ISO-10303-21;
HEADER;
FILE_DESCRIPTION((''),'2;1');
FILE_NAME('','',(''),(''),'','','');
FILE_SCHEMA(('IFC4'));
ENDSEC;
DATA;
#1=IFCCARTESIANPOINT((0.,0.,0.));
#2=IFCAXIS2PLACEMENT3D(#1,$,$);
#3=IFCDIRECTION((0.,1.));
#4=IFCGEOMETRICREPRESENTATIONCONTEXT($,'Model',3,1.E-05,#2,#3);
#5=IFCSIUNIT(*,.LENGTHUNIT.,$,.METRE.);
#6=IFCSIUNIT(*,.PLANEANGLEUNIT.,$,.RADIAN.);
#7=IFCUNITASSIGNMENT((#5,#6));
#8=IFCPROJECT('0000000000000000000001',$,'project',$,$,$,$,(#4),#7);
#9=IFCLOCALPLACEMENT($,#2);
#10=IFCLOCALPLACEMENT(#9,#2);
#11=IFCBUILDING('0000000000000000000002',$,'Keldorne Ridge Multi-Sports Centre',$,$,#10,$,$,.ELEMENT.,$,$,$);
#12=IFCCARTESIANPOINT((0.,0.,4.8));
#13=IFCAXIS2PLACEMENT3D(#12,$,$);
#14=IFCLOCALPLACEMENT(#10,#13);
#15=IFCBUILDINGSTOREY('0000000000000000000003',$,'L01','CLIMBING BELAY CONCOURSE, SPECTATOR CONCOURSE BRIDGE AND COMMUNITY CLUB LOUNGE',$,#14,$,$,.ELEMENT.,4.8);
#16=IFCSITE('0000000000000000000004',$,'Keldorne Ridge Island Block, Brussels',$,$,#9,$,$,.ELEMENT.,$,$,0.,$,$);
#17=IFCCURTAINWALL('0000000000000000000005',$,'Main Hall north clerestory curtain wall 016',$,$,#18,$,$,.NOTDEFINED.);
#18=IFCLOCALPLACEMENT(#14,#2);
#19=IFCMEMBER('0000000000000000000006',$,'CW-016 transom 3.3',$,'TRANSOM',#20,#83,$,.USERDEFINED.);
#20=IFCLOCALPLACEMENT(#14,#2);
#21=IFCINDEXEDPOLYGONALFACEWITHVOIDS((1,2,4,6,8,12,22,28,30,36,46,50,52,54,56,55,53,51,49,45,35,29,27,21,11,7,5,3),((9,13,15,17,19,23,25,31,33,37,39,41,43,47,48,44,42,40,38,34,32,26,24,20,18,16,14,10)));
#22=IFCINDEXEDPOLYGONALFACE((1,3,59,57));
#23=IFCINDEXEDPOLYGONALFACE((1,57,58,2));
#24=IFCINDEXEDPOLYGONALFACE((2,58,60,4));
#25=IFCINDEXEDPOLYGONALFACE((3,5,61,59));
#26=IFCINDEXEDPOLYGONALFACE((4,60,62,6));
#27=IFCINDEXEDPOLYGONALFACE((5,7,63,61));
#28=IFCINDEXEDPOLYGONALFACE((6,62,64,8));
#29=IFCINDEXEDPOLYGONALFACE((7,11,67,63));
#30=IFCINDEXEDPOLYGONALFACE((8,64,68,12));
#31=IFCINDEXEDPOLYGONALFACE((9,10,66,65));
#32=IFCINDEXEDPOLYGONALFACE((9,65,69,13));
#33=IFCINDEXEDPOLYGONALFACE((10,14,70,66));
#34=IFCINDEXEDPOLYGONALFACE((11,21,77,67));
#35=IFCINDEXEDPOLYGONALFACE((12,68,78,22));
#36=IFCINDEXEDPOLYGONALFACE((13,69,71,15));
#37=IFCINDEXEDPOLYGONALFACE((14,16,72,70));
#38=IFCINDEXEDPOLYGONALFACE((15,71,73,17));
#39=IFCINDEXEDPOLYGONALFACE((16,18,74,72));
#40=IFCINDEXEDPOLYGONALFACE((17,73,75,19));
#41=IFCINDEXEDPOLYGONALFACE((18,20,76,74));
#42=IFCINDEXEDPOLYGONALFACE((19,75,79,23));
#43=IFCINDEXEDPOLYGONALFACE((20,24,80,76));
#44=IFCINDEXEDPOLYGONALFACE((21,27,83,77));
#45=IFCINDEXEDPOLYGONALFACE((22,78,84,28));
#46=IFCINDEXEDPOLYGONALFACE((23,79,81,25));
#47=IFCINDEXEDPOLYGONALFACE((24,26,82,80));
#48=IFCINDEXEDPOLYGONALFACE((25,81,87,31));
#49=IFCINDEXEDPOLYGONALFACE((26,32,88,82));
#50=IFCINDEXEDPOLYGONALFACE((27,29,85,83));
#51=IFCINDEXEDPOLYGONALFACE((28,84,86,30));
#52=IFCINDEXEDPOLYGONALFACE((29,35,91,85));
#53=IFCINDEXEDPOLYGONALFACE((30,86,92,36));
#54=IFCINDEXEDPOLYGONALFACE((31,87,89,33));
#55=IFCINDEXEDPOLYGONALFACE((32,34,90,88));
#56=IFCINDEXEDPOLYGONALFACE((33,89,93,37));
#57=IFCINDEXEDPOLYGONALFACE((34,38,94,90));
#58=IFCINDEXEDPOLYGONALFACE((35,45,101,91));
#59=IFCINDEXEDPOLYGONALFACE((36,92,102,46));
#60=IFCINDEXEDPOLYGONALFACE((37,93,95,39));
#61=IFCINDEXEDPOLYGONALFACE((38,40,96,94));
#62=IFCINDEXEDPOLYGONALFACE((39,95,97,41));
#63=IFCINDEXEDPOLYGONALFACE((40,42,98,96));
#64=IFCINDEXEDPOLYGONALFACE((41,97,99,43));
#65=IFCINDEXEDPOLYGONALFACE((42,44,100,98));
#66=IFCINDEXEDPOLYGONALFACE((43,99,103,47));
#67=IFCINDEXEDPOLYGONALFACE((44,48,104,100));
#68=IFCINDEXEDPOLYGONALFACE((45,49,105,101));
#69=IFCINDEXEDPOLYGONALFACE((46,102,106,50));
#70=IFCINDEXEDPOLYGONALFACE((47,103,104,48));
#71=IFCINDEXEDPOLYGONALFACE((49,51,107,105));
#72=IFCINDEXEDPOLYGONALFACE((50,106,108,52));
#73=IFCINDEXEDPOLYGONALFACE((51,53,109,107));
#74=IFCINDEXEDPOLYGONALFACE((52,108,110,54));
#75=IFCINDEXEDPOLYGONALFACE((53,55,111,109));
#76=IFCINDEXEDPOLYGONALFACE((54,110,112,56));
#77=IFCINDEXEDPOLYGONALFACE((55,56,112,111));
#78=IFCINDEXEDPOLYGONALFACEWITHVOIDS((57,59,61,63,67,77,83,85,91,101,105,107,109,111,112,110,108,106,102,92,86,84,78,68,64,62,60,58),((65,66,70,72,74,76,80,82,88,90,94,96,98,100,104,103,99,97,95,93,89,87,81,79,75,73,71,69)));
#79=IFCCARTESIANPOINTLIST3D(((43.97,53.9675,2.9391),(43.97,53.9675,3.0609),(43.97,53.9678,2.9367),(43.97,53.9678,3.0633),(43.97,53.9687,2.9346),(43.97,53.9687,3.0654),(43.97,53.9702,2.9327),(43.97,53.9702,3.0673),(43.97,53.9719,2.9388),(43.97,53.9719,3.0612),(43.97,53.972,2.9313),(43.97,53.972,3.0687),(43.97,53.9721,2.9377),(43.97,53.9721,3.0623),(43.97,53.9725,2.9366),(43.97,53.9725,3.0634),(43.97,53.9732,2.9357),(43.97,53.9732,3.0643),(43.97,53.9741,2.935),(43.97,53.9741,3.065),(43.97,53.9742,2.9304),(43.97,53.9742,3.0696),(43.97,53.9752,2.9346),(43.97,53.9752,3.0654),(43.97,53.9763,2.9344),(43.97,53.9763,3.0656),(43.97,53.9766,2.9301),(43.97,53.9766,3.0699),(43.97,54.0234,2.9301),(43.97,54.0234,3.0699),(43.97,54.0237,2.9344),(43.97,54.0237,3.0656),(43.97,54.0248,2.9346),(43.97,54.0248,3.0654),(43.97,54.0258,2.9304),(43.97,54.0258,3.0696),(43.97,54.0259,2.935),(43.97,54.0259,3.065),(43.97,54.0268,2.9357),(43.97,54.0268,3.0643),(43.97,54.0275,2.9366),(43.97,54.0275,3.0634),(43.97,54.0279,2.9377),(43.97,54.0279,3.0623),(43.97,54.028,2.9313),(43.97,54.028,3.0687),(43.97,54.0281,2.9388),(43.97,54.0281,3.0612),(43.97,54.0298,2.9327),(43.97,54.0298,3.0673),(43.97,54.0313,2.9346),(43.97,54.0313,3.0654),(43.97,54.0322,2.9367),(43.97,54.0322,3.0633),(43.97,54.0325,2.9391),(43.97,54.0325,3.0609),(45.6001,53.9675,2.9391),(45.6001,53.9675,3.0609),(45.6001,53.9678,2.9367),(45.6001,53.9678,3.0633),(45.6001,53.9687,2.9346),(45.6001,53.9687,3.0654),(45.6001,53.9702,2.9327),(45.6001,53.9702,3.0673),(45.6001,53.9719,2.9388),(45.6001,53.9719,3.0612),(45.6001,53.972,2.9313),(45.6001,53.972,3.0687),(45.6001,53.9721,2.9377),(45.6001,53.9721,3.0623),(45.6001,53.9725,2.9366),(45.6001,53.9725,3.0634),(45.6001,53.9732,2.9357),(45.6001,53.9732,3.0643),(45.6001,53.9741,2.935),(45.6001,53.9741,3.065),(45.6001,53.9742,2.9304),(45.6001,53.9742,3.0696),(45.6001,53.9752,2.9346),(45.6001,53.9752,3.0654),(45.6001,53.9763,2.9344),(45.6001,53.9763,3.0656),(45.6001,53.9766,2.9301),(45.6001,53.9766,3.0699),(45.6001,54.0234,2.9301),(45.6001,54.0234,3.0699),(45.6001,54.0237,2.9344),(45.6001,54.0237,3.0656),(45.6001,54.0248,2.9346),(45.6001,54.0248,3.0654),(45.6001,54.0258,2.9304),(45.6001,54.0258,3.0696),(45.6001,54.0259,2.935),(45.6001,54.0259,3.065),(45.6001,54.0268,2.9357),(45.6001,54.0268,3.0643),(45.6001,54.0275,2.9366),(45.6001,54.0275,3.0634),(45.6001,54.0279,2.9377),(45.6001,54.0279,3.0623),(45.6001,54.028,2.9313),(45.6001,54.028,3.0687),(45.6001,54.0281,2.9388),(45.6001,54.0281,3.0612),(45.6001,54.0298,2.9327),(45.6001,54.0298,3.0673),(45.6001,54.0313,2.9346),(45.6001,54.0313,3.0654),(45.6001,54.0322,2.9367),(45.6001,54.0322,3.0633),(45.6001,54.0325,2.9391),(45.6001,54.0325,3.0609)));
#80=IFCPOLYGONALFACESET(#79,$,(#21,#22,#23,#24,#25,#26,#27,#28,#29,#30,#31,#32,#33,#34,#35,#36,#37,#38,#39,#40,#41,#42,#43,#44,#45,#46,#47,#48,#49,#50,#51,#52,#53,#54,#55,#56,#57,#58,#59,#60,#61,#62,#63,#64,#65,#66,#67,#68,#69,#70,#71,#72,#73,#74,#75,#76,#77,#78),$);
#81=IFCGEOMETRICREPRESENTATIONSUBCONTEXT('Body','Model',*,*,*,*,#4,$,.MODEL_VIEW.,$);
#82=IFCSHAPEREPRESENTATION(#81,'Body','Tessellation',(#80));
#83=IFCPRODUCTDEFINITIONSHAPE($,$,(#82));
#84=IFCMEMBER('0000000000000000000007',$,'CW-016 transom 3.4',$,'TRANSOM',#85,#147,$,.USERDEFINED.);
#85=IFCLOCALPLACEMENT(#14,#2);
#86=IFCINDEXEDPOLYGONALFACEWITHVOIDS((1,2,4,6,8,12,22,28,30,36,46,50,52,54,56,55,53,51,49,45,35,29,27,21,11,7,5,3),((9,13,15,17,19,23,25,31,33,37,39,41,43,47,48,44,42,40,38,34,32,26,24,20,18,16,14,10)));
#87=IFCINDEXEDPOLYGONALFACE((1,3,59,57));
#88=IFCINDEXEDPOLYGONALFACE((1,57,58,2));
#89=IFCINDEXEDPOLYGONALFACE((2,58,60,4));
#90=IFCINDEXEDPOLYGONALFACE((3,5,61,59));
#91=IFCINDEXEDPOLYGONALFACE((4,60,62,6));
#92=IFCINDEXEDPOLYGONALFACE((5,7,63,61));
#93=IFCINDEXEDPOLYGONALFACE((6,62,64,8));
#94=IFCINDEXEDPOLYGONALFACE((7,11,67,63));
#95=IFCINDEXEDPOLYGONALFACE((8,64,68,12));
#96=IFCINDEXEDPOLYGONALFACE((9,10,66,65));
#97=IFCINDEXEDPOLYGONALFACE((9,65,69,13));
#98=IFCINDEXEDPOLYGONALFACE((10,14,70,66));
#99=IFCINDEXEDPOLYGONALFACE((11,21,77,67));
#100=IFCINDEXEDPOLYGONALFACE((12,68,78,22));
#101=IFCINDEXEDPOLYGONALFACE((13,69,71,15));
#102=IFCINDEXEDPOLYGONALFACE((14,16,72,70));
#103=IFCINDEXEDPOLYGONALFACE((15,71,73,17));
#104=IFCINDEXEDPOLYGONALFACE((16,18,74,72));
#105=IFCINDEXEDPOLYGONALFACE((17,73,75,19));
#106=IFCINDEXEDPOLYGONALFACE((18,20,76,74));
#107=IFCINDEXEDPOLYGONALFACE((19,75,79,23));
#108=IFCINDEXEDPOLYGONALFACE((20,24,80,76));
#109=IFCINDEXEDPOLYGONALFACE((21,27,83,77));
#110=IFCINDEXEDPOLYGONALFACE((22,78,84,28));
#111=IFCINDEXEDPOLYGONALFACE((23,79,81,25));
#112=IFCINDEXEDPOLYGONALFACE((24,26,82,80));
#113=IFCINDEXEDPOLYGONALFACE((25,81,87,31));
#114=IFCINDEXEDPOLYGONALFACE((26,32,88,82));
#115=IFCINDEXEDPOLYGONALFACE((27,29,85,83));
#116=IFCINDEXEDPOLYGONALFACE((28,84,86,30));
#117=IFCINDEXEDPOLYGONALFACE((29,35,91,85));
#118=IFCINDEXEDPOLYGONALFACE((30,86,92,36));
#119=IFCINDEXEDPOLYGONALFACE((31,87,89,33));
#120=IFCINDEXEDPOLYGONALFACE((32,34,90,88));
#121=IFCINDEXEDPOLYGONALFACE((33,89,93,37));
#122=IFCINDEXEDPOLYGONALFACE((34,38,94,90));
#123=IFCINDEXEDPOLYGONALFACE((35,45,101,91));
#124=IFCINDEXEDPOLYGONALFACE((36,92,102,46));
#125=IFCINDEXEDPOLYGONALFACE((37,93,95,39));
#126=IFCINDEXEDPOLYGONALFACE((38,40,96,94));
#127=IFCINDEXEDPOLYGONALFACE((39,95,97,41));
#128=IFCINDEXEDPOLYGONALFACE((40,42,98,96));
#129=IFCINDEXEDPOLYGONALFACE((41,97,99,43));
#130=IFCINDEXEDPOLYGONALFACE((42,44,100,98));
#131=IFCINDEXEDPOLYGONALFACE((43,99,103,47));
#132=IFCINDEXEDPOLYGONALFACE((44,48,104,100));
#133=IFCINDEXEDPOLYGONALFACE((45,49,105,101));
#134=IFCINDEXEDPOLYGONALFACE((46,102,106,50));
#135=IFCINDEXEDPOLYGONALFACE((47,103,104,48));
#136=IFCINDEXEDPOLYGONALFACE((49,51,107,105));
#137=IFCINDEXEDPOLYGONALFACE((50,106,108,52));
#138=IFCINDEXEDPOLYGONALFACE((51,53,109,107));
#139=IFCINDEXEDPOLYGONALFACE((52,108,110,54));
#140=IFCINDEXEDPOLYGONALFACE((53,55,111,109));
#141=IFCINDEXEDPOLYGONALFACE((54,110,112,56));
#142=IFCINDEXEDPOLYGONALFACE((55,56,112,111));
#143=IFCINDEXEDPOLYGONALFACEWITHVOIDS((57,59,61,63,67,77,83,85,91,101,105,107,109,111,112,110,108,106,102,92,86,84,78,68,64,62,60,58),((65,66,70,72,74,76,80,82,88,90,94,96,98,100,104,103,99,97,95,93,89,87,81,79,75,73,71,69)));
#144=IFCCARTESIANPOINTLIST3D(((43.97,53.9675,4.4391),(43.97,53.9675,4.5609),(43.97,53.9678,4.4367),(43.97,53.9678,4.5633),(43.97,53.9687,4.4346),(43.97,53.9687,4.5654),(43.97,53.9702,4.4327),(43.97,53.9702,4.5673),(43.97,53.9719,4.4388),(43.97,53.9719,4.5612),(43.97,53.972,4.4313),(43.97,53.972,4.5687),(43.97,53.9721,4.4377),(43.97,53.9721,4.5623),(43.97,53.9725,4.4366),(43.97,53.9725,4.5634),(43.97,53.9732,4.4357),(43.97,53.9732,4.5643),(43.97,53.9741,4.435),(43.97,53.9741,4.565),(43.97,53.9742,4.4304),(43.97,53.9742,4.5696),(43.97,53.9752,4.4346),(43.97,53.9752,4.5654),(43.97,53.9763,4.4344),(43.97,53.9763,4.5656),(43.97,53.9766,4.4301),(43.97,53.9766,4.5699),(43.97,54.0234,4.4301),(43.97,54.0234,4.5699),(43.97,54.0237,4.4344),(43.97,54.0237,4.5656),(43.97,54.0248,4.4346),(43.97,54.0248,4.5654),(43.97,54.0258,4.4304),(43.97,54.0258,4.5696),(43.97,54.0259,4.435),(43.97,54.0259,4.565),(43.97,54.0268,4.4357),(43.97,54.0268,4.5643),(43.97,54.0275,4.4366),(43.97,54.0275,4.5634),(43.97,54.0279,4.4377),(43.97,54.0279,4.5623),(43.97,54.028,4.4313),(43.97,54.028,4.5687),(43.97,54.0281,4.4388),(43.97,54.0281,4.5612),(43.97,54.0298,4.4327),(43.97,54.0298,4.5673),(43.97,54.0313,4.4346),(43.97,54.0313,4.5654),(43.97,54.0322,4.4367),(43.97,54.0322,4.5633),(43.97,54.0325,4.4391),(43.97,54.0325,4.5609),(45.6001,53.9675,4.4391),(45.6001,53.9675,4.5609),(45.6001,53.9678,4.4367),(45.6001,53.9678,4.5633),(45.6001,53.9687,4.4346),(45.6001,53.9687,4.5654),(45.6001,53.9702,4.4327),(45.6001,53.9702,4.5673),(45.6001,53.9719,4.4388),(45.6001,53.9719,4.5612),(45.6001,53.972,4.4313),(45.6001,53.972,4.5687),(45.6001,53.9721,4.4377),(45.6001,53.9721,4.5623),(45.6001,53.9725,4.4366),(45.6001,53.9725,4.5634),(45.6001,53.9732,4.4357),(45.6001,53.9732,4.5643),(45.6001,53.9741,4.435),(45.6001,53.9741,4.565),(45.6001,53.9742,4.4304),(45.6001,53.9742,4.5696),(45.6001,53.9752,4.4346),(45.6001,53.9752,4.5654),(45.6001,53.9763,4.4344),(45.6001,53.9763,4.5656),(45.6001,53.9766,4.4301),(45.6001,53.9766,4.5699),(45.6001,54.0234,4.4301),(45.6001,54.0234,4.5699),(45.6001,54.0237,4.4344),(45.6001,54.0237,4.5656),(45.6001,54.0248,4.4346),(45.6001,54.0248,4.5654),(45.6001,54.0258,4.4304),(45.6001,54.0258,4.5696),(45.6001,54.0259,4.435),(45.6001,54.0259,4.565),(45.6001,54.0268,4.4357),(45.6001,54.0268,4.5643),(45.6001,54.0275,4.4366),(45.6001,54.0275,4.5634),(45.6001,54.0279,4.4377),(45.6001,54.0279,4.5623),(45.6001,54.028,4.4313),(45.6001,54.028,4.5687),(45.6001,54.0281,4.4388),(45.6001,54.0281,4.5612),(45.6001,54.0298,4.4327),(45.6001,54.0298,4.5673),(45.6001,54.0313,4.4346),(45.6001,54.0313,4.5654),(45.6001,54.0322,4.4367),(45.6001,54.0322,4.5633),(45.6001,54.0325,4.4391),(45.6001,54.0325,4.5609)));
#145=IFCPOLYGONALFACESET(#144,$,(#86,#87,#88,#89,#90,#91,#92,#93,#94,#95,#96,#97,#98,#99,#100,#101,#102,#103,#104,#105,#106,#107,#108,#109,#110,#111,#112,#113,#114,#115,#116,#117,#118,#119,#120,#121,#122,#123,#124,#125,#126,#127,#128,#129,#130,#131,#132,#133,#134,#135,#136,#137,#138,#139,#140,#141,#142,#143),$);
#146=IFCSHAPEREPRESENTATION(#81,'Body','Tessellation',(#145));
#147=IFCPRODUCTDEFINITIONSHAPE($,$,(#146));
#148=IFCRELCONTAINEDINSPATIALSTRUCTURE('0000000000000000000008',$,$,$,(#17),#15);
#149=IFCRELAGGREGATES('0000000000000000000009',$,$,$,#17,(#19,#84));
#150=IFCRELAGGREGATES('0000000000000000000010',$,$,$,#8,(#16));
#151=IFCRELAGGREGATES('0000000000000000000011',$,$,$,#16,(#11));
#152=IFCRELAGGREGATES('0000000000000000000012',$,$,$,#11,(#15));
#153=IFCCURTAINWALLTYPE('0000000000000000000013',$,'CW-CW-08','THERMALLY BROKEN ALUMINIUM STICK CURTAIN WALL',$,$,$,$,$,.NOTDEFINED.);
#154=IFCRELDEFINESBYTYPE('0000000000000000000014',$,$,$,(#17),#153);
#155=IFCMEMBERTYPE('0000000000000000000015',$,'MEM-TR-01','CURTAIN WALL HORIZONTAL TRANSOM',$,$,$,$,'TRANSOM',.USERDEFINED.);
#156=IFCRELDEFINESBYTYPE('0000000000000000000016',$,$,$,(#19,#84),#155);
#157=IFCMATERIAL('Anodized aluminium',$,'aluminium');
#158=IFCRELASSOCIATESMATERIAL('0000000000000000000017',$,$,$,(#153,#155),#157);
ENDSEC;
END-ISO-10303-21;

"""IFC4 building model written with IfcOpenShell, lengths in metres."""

from ifc_helpers import new_model, si_unit, direction, frame, origin, origin_2d, place, context, subcontext, project, spatial, hollow_rectangle, extrude, material, material_profile, profile_set, type_object, element, aggregate, save


model = new_model("IFC4")

# Units and contexts
model_context = context("Model", 3, precision=1e-05, world=origin(), true_north=direction((0.0, 1.0)))
body_context = subcontext(model_context, "Body", "Model", "MODEL_VIEW")
ifc_project = project(units=[si_unit("LENGTHUNIT", "METRE"), si_unit("PLANEANGLEUNIT", "RADIAN")], contexts=[model_context])

# Site, building, storey
site_placement = place(None, origin())
site = spatial("IfcSite", under=ifc_project, at=site_placement, Name="Keldorne Ridge Island Block, Brussels", CompositionType="ELEMENT", RefElevation=0.0)
building_placement = place(site_placement, origin())
building = spatial("IfcBuilding", under=site, at=building_placement, Name="Keldorne Ridge Multi-Sports Centre", CompositionType="ELEMENT")
storey_placement = place(building_placement, frame((0.0, 0.0, 4.8)))
storey = spatial("IfcBuildingStorey", under=building, at=storey_placement, Name="L01", Description="CLIMBING BELAY CONCOURSE, SPECTATOR CONCOURSE BRIDGE AND COMMUNITY CLUB LOUNGE", CompositionType="ELEMENT", Elevation=4.8)

# Curtain wall
ifc_material_1 = material(Name="Anodized aluminium", Category="aluminium")
curtain_wall_type_1 = type_object("IfcCurtainWallType", Name="CW-CW-08", Description="THERMALLY BROKEN ALUMINIUM STICK CURTAIN WALL", PredefinedType="NOTDEFINED", material=ifc_material_1)
curtain_wall_1_placement = place(storey_placement, origin())
curtain_wall_1 = element("IfcCurtainWall", 1, at=curtain_wall_1_placement, inside=storey, type_object=curtain_wall_type_1, Name="Main Hall north clerestory curtain wall 016", PredefinedType="NOTDEFINED")

# Members
ifc_material_profile_1 = material_profile(ifc_material_1, hollow_rectangle(XDim=0.0649, YDim=0.1399, WallThickness=0.0044, InnerFilletRadius=0.0044, OuterFilletRadius=0.009, at=origin_2d()), Name="ALU TRANSOM 140x65x4.5")
ifc_profile_set_1 = profile_set([ifc_material_profile_1], Name="Anodized aluminium")
member_type_1 = type_object("IfcMemberType", Name="MEM-TR-01", Description="CURTAIN WALL HORIZONTAL TRANSOM", ElementType="TRANSOM", PredefinedType="USERDEFINED", material=ifc_profile_set_1)
member_1_placement = place(storey_placement, frame((45.6001, 54.0, 3.0), z_axis=(-1.0, 0.0, 0.0), x_axis=(0.0, -1.0, 0.0)))
member_1 = element("IfcMember", 2, at=member_1_placement, type_object=member_type_1, Name="CW-016 transom 3.3", ObjectType="TRANSOM", PredefinedType="USERDEFINED", context=body_context, shape_type="SweptSolid", body=[
    extrude(hollow_rectangle(XDim=0.0649, YDim=0.1399, WallThickness=0.0044, InnerFilletRadius=0.0044, OuterFilletRadius=0.009, at=origin_2d()), origin(), (0.0, 0.0, 1.0), 1.6301),
])
member_2_placement = place(storey_placement, frame((45.6001, 54.0, 4.5), z_axis=(-1.0, 0.0, 0.0), x_axis=(0.0, -1.0, 0.0)))
member_2 = element("IfcMember", 3, at=member_2_placement, type_object=member_type_1, Name="CW-016 transom 3.4", ObjectType="TRANSOM", PredefinedType="USERDEFINED", context=body_context, shape_type="SweptSolid", body=[
    extrude(hollow_rectangle(XDim=0.0649, YDim=0.1399, WallThickness=0.0044, InnerFilletRadius=0.0044, OuterFilletRadius=0.009, at=origin_2d()), origin(), (0.0, 0.0, 1.0), 1.6301),
])

aggregate(curtain_wall_1, [member_1, member_2])

save(model, "model.ifc")
